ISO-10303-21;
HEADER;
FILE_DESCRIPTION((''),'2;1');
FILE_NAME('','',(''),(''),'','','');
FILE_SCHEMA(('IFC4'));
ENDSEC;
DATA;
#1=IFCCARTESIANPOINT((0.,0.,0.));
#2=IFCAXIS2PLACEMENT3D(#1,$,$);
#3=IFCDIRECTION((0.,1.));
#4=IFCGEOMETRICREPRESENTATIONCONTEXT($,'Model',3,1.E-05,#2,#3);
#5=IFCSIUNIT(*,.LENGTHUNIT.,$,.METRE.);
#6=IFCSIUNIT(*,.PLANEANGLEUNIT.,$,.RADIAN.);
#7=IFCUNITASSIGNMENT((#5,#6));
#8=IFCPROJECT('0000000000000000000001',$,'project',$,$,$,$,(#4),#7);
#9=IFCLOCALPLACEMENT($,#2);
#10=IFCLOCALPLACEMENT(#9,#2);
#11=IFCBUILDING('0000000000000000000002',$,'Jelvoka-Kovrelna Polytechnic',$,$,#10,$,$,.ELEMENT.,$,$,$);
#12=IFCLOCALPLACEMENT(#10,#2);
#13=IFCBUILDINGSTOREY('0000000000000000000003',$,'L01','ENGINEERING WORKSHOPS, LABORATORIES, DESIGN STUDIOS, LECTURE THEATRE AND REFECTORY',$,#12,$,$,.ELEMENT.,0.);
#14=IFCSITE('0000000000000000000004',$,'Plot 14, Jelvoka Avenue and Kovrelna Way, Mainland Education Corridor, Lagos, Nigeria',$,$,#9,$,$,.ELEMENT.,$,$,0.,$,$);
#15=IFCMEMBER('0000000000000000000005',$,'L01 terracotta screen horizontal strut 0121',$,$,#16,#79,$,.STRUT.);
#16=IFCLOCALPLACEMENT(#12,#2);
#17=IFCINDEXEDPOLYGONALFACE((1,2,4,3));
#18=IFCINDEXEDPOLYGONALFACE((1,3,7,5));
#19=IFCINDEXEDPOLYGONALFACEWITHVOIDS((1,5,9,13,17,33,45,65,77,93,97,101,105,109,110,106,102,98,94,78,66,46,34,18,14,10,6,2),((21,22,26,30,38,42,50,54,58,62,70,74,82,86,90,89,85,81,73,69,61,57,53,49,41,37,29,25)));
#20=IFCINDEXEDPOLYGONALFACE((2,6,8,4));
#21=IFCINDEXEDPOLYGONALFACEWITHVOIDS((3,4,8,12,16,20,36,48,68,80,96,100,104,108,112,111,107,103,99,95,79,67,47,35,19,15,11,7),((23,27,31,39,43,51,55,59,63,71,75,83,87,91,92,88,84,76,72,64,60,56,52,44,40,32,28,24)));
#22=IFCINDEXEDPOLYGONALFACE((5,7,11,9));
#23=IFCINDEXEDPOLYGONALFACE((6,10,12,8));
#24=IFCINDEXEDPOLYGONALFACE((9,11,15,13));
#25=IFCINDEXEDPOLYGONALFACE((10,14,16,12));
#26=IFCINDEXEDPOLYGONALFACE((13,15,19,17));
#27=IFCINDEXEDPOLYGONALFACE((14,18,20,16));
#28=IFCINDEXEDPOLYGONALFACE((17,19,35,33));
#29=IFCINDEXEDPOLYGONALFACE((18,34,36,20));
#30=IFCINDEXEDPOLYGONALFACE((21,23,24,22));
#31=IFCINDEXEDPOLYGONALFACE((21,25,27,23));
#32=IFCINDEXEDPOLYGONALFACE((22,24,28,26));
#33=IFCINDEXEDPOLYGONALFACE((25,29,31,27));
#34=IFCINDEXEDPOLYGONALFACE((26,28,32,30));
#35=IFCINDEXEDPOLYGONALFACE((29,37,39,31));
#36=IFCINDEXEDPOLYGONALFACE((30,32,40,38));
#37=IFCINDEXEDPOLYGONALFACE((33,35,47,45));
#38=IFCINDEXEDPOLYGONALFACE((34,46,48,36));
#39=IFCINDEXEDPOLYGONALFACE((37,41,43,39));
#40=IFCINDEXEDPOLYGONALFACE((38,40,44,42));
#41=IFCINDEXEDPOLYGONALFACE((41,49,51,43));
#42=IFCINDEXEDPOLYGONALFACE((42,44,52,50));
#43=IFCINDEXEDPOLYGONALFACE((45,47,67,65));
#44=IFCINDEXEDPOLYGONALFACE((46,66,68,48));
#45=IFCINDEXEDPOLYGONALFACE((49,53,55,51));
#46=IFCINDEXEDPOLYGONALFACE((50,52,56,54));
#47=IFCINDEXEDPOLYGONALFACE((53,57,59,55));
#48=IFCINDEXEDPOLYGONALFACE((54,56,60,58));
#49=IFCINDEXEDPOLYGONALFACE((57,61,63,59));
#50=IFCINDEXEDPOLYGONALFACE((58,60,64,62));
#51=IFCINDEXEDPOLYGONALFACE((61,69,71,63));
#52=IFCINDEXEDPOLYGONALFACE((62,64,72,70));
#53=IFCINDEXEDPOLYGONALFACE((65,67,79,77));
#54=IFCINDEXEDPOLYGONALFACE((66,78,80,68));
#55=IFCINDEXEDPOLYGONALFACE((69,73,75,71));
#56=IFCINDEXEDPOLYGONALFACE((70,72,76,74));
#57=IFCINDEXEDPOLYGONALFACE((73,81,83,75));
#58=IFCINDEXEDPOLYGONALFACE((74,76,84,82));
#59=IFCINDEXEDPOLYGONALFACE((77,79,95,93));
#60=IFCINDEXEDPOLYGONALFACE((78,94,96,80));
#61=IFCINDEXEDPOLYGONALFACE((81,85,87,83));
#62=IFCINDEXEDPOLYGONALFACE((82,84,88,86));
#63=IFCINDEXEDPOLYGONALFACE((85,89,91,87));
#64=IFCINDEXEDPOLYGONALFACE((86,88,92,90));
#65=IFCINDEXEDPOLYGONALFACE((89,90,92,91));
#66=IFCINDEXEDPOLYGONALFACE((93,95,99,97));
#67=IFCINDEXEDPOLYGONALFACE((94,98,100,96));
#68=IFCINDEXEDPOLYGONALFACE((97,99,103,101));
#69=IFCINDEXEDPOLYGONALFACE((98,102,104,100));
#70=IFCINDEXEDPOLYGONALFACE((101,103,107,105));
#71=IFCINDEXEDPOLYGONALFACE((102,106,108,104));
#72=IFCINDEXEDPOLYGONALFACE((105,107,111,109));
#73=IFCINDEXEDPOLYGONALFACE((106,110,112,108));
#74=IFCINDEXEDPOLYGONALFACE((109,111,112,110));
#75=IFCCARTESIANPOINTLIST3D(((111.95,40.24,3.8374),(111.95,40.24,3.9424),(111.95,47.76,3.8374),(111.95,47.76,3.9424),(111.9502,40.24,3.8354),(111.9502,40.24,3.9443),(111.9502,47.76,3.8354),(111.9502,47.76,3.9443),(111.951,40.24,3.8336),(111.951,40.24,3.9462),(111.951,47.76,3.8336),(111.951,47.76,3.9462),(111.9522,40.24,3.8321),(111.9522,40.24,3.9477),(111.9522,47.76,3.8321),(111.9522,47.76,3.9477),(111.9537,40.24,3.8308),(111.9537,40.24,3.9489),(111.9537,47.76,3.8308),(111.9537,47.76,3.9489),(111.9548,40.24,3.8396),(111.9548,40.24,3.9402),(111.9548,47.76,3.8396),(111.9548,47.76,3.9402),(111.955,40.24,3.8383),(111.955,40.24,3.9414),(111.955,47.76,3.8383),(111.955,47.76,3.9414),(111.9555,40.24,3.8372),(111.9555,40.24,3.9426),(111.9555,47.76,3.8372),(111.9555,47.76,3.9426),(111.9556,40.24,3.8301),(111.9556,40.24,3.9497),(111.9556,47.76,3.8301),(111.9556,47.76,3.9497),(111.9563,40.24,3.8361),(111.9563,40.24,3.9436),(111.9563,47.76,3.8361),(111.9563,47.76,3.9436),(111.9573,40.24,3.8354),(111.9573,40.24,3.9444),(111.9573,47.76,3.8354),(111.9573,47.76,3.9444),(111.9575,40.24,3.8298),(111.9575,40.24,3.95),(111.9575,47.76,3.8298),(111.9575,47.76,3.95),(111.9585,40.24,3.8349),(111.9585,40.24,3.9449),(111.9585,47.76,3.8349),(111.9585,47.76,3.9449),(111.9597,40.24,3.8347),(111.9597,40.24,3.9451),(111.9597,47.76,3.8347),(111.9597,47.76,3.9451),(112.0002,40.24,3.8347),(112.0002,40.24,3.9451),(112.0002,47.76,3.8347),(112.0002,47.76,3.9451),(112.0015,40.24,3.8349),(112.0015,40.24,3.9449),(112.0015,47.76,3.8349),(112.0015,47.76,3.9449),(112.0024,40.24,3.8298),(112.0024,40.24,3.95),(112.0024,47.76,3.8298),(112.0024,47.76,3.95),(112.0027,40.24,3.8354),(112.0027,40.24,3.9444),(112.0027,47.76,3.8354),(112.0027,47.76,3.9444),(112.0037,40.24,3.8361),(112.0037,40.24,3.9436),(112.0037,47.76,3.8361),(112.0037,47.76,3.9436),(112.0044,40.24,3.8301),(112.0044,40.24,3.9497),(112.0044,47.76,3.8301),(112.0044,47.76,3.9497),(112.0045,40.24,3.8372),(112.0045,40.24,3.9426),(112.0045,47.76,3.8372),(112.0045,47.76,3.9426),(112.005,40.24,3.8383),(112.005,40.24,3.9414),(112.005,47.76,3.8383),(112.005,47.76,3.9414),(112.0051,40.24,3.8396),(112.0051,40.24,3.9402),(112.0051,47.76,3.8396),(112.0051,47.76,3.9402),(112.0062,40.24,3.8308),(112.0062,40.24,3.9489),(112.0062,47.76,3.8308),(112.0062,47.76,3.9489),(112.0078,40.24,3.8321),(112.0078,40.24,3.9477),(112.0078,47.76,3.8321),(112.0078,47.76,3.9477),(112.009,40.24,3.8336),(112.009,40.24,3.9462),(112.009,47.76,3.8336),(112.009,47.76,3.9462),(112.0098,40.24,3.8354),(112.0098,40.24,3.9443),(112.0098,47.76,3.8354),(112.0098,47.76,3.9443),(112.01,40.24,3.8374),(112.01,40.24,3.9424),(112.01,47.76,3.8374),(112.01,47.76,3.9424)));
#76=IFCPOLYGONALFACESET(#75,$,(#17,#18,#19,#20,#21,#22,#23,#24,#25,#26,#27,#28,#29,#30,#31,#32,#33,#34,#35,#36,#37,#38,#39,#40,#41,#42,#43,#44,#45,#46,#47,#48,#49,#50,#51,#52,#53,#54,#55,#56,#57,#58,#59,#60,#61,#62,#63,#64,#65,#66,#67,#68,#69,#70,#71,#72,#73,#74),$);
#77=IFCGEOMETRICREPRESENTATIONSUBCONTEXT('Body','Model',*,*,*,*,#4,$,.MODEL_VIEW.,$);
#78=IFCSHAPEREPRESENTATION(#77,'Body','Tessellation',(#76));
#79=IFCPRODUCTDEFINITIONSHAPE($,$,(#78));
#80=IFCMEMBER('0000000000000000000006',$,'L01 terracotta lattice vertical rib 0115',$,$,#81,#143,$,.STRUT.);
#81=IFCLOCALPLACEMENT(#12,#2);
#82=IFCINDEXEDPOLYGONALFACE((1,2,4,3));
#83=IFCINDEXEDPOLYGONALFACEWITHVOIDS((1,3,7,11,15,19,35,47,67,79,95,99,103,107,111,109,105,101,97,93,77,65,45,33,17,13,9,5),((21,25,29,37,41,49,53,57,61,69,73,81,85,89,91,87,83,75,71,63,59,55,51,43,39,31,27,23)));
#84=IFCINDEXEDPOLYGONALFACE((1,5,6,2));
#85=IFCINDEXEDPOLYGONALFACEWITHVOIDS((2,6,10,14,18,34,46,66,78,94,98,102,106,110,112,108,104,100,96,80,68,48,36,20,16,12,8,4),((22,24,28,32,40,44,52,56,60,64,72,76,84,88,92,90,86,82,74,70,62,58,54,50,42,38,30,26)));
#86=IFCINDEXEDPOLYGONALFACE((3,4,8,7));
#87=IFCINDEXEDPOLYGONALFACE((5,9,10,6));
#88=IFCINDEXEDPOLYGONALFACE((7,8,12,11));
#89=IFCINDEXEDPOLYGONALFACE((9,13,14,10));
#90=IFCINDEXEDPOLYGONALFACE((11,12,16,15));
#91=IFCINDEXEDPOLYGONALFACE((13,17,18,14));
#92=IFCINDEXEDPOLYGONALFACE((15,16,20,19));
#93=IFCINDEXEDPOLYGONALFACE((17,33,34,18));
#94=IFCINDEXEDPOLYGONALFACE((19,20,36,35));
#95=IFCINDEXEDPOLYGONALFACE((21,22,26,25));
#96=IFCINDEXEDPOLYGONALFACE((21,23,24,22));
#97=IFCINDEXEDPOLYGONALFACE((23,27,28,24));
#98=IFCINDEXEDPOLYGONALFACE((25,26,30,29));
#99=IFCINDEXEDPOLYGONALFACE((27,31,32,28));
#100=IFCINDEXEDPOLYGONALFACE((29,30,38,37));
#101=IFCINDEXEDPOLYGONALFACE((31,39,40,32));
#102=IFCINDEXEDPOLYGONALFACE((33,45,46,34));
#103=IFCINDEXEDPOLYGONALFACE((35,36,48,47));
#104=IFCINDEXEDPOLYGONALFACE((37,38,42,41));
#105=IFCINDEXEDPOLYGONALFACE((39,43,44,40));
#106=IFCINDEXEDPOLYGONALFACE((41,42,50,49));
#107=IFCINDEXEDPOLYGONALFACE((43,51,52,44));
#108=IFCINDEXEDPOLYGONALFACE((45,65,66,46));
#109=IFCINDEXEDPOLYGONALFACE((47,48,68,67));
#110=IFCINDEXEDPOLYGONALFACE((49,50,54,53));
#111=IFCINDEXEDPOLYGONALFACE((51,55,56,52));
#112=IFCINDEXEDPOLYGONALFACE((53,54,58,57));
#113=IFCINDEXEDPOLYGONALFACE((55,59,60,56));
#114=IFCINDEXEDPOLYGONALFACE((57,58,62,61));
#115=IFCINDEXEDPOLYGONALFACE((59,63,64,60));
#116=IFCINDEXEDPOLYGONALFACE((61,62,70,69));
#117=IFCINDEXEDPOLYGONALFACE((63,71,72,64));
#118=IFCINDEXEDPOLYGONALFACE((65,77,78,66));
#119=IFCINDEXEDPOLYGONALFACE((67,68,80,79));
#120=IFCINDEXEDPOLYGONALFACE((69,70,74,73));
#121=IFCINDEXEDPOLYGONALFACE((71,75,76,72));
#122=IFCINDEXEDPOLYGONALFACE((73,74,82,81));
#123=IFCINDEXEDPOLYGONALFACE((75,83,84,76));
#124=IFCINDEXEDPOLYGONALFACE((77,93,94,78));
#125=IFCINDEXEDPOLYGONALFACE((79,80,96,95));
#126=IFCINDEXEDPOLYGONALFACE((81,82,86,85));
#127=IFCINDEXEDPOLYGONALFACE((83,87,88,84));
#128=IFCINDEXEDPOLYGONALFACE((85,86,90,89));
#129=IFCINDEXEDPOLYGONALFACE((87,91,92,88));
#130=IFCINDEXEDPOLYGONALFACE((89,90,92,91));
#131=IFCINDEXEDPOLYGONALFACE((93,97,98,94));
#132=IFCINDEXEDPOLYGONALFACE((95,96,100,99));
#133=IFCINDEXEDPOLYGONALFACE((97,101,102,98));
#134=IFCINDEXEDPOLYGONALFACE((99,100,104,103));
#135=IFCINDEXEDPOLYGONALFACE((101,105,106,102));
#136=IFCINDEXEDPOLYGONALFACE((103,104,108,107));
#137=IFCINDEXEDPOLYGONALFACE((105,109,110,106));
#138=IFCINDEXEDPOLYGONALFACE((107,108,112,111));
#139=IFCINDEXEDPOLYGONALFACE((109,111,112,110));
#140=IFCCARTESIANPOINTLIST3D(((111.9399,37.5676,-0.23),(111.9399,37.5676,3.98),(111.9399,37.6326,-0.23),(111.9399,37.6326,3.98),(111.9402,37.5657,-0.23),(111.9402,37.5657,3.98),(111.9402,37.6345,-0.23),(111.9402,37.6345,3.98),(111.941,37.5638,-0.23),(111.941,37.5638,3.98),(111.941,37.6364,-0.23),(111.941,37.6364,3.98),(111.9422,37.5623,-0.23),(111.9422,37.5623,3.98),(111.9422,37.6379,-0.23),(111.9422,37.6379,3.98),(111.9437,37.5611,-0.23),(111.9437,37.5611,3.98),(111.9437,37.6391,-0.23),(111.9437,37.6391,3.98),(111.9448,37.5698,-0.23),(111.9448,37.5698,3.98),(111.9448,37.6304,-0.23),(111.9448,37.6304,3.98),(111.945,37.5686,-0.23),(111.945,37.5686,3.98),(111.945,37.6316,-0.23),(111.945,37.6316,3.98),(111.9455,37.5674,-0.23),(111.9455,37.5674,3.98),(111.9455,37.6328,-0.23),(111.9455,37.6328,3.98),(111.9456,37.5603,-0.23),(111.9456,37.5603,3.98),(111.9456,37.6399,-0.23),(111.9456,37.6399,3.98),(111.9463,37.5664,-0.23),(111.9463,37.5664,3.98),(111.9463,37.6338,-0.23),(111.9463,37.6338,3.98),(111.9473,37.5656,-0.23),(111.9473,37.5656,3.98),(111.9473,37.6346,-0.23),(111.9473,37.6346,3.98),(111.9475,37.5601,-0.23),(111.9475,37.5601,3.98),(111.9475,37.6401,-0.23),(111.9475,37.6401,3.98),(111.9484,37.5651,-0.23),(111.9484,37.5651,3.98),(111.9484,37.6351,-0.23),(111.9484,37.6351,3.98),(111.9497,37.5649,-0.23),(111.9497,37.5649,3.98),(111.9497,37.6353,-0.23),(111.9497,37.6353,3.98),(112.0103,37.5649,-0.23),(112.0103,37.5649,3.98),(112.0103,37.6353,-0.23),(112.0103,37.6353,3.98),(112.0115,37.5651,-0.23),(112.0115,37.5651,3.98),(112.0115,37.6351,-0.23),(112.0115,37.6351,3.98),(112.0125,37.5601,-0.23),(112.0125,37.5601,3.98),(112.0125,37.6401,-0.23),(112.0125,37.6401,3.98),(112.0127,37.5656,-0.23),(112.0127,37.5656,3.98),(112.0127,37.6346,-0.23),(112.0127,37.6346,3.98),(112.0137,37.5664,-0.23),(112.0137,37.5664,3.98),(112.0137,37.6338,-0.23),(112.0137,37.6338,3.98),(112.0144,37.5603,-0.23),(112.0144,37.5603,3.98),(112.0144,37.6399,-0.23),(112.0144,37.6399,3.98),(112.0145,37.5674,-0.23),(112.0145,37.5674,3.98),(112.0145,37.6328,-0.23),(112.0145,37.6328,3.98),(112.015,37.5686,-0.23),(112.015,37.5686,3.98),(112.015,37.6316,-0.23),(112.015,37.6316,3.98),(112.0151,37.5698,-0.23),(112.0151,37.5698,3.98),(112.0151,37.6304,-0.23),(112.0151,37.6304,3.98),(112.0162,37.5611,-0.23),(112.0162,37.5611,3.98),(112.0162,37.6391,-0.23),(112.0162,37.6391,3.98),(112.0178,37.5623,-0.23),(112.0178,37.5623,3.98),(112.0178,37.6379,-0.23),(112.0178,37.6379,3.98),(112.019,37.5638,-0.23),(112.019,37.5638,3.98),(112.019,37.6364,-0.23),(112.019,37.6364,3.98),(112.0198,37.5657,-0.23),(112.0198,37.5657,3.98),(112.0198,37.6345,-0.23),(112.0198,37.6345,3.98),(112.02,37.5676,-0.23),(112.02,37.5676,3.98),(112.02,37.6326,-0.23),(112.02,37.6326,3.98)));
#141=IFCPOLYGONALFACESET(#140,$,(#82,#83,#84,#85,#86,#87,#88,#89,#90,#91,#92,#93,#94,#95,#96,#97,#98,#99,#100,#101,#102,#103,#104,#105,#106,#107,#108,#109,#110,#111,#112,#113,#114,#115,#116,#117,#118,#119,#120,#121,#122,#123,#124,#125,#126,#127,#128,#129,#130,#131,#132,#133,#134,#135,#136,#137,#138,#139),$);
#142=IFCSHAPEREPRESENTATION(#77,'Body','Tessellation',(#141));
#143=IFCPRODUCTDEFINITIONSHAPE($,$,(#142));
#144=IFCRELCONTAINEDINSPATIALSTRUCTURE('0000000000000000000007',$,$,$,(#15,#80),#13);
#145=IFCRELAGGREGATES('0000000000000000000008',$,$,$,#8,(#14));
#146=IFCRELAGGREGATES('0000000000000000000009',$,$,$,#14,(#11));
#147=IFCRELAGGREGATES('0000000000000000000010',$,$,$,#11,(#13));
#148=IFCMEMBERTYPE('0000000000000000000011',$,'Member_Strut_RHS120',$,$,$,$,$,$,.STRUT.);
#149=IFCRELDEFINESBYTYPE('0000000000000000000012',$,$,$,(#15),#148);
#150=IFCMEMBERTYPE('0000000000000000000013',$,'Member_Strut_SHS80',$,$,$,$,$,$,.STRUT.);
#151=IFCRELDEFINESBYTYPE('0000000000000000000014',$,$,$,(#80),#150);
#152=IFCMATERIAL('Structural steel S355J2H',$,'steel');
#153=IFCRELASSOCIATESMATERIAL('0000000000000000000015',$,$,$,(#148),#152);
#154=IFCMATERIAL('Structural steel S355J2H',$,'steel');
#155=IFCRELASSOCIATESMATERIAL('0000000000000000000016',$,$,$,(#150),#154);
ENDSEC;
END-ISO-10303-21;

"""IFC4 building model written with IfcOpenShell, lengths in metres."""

from ifc_helpers import new_model, si_unit, direction, frame, origin, origin_2d, place, context, subcontext, project, spatial, hollow_rectangle, extrude, material, material_profile, profile_set, type_object, element, save


model = new_model("IFC4")

# Units and contexts
model_context = context("Model", 3, precision=1e-05, world=origin(), true_north=direction((0.0, 1.0)))
body_context = subcontext(model_context, "Body", "Model", "MODEL_VIEW")
ifc_project = project(units=[si_unit("LENGTHUNIT", "METRE"), si_unit("PLANEANGLEUNIT", "RADIAN")], contexts=[model_context])

# Site, building, storey
site_placement = place(None, origin())
site = spatial("IfcSite", under=ifc_project, at=site_placement, Name="Plot 14, Jelvoka Avenue and Kovrelna Way, Mainland Education Corridor, Lagos, Nigeria", CompositionType="ELEMENT", RefElevation=0.0)
building_placement = place(site_placement, origin())
building = spatial("IfcBuilding", under=site, at=building_placement, Name="Jelvoka-Kovrelna Polytechnic", CompositionType="ELEMENT")
storey_placement = place(building_placement, origin())
storey = spatial("IfcBuildingStorey", under=building, at=storey_placement, Name="L01", Description="ENGINEERING WORKSHOPS, LABORATORIES, DESIGN STUDIOS, LECTURE THEATRE AND REFECTORY", CompositionType="ELEMENT", Elevation=0.0)

# Members
ifc_material_1 = material(Name="Structural steel S355J2H", Category="steel")
ifc_material_profile_1 = material_profile(ifc_material_1, hollow_rectangle(XDim=0.0601, YDim=0.1201, WallThickness=0.0049, InnerFilletRadius=0.0049, OuterFilletRadius=0.0076, at=origin_2d()), Name="120x60x5.0 RHS")
ifc_profile_set_1 = profile_set([ifc_material_profile_1], Name="Structural steel S355J2H")
member_type_1 = type_object("IfcMemberType", Name="Member_Strut_RHS120", PredefinedType="STRUT", material=ifc_profile_set_1)
for number, where, z_axis, x_axis, name in (
    (1, (111.98, 40.24, 3.8899), (0.0, 1.0, 0.0), (-1.0, 0.0, 0.0), "L01 terracotta screen horizontal strut 0121"),
):
    element("IfcMember", number, at=place(storey_placement, frame(where, z_axis=z_axis, x_axis=x_axis)), inside=storey, type_object=member_type_1, Name=name, PredefinedType="STRUT", context=body_context, shape_type="SweptSolid", body=[
        extrude(hollow_rectangle(XDim=0.0601, YDim=0.1201, WallThickness=0.0049, InnerFilletRadius=0.0049, OuterFilletRadius=0.0076, at=origin_2d()), origin(), (0.0, 0.0, 1.0), 7.52),
    ])
ifc_material_2 = material(Name="Structural steel S355J2H", Category="steel")
ifc_material_profile_2 = material_profile(ifc_material_2, hollow_rectangle(XDim=0.0801, YDim=0.0801, WallThickness=0.0049, InnerFilletRadius=0.0049, OuterFilletRadius=0.0076, at=origin_2d()), Name="80x80x5.0 SHS")
ifc_profile_set_2 = profile_set([ifc_material_profile_2], Name="Structural steel S355J2H")
member_type_2 = type_object("IfcMemberType", Name="Member_Strut_SHS80", PredefinedType="STRUT", material=ifc_profile_set_2)
for number, where, z_axis, x_axis, name in (
    (2, (111.98, 37.6001, -0.23), (0.0, 0.0, 1.0), (1.0, 0.0, 0.0), "L01 terracotta lattice vertical rib 0115"),
):
    element("IfcMember", number, at=place(storey_placement, frame(where, z_axis=z_axis, x_axis=x_axis)), inside=storey, type_object=member_type_2, Name=name, PredefinedType="STRUT", context=body_context, shape_type="SweptSolid", body=[
        extrude(hollow_rectangle(XDim=0.0801, YDim=0.0801, WallThickness=0.0049, InnerFilletRadius=0.0049, OuterFilletRadius=0.0076, at=origin_2d()), origin(), (0.0, 0.0, 1.0), 4.21),
    ])

save(model, "model.ifc")
